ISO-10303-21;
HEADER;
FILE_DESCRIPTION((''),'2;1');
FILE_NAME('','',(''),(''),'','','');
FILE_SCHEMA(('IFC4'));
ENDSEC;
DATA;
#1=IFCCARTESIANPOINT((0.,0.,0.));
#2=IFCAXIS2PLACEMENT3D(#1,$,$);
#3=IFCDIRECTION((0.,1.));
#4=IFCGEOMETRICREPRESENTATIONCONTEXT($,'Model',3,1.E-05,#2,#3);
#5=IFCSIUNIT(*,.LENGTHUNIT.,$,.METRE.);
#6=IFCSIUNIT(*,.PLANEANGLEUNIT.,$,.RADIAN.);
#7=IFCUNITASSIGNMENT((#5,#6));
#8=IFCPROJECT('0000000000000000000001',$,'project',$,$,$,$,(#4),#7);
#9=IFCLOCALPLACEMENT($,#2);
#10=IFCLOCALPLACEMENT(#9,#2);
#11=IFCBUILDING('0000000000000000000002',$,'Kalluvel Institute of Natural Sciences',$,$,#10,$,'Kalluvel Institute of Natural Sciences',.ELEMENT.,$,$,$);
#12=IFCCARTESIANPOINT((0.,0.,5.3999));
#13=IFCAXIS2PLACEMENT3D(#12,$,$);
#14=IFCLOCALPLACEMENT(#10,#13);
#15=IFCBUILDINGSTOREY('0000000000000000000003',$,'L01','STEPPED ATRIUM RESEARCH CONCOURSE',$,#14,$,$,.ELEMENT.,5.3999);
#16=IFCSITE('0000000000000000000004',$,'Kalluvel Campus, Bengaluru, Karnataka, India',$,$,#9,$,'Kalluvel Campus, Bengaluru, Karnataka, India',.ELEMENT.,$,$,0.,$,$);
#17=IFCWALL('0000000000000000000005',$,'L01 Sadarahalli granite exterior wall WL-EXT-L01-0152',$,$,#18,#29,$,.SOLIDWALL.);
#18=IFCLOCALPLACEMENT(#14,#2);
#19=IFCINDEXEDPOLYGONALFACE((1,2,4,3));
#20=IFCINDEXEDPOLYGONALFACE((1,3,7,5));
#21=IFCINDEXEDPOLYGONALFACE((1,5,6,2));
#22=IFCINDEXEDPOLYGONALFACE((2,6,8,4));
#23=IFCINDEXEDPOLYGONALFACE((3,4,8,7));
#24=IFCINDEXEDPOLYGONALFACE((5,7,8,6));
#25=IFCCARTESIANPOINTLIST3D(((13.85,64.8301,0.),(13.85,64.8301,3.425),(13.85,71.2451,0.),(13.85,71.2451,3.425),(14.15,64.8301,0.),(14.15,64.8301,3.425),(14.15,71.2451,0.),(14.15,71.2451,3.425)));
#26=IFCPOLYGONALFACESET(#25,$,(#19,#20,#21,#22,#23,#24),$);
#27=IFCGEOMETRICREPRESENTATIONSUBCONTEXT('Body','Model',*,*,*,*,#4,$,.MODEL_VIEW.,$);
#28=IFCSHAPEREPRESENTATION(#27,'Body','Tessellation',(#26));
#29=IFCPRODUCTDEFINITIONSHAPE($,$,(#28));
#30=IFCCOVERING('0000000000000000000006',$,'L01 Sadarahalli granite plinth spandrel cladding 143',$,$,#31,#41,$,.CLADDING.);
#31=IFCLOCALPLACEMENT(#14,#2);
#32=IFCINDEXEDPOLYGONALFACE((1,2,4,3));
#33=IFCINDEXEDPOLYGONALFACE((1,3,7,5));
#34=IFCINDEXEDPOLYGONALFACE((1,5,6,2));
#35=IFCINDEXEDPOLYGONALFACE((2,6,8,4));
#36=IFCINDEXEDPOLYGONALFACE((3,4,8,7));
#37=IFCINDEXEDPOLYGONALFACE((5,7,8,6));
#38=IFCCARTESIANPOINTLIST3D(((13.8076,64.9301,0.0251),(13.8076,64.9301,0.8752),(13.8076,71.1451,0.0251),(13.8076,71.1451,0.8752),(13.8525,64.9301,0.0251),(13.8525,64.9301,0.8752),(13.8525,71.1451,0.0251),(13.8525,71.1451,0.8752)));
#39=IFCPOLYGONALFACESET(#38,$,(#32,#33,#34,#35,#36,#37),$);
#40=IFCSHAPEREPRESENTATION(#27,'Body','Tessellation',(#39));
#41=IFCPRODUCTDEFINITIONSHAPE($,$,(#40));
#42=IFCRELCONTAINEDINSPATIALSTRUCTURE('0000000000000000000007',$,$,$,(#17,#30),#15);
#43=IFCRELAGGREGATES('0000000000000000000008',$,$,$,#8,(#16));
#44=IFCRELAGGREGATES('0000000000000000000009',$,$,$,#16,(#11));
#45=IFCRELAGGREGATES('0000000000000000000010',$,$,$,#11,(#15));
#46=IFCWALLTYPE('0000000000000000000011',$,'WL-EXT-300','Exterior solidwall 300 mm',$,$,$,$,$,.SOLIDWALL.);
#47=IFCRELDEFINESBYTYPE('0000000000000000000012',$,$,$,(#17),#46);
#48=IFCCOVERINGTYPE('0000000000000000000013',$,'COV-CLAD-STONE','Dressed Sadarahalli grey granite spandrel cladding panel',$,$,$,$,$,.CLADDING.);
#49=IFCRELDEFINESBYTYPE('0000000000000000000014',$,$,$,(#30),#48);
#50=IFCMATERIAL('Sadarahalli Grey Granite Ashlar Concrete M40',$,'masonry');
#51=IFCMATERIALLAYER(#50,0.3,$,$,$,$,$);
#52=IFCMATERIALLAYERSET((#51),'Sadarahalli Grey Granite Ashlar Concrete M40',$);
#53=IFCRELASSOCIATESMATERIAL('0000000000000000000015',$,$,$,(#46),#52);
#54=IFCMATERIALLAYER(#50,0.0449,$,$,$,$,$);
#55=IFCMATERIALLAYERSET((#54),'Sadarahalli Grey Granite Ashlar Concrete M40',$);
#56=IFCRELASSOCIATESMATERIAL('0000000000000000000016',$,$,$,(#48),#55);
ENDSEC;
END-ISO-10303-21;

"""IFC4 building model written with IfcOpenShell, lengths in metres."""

from ifc_helpers import new_model, si_unit, direction, frame, frame_2d, origin, origin_2d, place, context, subcontext, project, spatial, rectangle, extrude, material, layer, layer_set, type_object, element, save


model = new_model("IFC4")

# Units and contexts
model_context = context("Model", 3, precision=1e-05, world=origin(), true_north=direction((0.0, 1.0)))
body_context = subcontext(model_context, "Body", "Model", "MODEL_VIEW")
ifc_project = project(units=[si_unit("LENGTHUNIT", "METRE"), si_unit("PLANEANGLEUNIT", "RADIAN")], contexts=[model_context])

# Site, building, storey
site_placement = place(None, origin())
site = spatial("IfcSite", under=ifc_project, at=site_placement, Name="Kalluvel Campus, Bengaluru, Karnataka, India", LongName="Kalluvel Campus, Bengaluru, Karnataka, India", CompositionType="ELEMENT", RefElevation=0.0)
building_placement = place(site_placement, origin())
building = spatial("IfcBuilding", under=site, at=building_placement, Name="Kalluvel Institute of Natural Sciences", LongName="Kalluvel Institute of Natural Sciences", CompositionType="ELEMENT")
storey_placement = place(building_placement, frame((0.0, 0.0, 5.3999)))
storey = spatial("IfcBuildingStorey", under=building, at=storey_placement, Name="L01", Description="STEPPED ATRIUM RESEARCH CONCOURSE", CompositionType="ELEMENT", Elevation=5.3999)

# Wall
ifc_material_1 = material(Name="Sadarahalli Grey Granite Ashlar Concrete M40", Category="masonry")
ifc_layer_1 = layer(ifc_material_1, 0.3)
ifc_layer_set_1 = layer_set([ifc_layer_1], Name="Sadarahalli Grey Granite Ashlar Concrete M40")
wall_type = type_object("IfcWallType", Name="WL-EXT-300", Description="Exterior solidwall 300 mm", PredefinedType="SOLIDWALL", material=ifc_layer_set_1)
wall_placement = place(storey_placement, frame((14.0, 64.8301, 0.0), z_axis=(0.0, 0.0, 1.0), x_axis=(0.0, 1.0, 0.0)))
element("IfcWall", 1, at=wall_placement, inside=storey, type_object=wall_type, Name="L01 Sadarahalli granite exterior wall WL-EXT-L01-0152", PredefinedType="SOLIDWALL", context=body_context, shape_type="SweptSolid", body=[
    extrude(rectangle(XDim=6.415, YDim=0.3, at=frame_2d((3.2075, 0.0))), origin(), (0.0, 0.0, 1.0), 3.425),
])

# Covering
ifc_layer_2 = layer(ifc_material_1, 0.0449)
ifc_layer_set_2 = layer_set([ifc_layer_2], Name="Sadarahalli Grey Granite Ashlar Concrete M40")
covering_type = type_object("IfcCoveringType", Name="COV-CLAD-STONE", Description="Dressed Sadarahalli grey granite spandrel cladding panel", PredefinedType="CLADDING", material=ifc_layer_set_2)
covering_placement = place(storey_placement, frame((13.8301, 68.0376, 0.0251), z_axis=(0.0, 0.0, 1.0), x_axis=(0.0, 1.0, 0.0)))
element("IfcCovering", 2, at=covering_placement, inside=storey, type_object=covering_type, Name="L01 Sadarahalli granite plinth spandrel cladding 143", PredefinedType="CLADDING", context=body_context, shape_type="SweptSolid", body=[
    extrude(rectangle(XDim=6.2151, YDim=0.0449, at=origin_2d()), origin(), (0.0, 0.0, 1.0), 0.8501),
])

save(model, "model.ifc")
